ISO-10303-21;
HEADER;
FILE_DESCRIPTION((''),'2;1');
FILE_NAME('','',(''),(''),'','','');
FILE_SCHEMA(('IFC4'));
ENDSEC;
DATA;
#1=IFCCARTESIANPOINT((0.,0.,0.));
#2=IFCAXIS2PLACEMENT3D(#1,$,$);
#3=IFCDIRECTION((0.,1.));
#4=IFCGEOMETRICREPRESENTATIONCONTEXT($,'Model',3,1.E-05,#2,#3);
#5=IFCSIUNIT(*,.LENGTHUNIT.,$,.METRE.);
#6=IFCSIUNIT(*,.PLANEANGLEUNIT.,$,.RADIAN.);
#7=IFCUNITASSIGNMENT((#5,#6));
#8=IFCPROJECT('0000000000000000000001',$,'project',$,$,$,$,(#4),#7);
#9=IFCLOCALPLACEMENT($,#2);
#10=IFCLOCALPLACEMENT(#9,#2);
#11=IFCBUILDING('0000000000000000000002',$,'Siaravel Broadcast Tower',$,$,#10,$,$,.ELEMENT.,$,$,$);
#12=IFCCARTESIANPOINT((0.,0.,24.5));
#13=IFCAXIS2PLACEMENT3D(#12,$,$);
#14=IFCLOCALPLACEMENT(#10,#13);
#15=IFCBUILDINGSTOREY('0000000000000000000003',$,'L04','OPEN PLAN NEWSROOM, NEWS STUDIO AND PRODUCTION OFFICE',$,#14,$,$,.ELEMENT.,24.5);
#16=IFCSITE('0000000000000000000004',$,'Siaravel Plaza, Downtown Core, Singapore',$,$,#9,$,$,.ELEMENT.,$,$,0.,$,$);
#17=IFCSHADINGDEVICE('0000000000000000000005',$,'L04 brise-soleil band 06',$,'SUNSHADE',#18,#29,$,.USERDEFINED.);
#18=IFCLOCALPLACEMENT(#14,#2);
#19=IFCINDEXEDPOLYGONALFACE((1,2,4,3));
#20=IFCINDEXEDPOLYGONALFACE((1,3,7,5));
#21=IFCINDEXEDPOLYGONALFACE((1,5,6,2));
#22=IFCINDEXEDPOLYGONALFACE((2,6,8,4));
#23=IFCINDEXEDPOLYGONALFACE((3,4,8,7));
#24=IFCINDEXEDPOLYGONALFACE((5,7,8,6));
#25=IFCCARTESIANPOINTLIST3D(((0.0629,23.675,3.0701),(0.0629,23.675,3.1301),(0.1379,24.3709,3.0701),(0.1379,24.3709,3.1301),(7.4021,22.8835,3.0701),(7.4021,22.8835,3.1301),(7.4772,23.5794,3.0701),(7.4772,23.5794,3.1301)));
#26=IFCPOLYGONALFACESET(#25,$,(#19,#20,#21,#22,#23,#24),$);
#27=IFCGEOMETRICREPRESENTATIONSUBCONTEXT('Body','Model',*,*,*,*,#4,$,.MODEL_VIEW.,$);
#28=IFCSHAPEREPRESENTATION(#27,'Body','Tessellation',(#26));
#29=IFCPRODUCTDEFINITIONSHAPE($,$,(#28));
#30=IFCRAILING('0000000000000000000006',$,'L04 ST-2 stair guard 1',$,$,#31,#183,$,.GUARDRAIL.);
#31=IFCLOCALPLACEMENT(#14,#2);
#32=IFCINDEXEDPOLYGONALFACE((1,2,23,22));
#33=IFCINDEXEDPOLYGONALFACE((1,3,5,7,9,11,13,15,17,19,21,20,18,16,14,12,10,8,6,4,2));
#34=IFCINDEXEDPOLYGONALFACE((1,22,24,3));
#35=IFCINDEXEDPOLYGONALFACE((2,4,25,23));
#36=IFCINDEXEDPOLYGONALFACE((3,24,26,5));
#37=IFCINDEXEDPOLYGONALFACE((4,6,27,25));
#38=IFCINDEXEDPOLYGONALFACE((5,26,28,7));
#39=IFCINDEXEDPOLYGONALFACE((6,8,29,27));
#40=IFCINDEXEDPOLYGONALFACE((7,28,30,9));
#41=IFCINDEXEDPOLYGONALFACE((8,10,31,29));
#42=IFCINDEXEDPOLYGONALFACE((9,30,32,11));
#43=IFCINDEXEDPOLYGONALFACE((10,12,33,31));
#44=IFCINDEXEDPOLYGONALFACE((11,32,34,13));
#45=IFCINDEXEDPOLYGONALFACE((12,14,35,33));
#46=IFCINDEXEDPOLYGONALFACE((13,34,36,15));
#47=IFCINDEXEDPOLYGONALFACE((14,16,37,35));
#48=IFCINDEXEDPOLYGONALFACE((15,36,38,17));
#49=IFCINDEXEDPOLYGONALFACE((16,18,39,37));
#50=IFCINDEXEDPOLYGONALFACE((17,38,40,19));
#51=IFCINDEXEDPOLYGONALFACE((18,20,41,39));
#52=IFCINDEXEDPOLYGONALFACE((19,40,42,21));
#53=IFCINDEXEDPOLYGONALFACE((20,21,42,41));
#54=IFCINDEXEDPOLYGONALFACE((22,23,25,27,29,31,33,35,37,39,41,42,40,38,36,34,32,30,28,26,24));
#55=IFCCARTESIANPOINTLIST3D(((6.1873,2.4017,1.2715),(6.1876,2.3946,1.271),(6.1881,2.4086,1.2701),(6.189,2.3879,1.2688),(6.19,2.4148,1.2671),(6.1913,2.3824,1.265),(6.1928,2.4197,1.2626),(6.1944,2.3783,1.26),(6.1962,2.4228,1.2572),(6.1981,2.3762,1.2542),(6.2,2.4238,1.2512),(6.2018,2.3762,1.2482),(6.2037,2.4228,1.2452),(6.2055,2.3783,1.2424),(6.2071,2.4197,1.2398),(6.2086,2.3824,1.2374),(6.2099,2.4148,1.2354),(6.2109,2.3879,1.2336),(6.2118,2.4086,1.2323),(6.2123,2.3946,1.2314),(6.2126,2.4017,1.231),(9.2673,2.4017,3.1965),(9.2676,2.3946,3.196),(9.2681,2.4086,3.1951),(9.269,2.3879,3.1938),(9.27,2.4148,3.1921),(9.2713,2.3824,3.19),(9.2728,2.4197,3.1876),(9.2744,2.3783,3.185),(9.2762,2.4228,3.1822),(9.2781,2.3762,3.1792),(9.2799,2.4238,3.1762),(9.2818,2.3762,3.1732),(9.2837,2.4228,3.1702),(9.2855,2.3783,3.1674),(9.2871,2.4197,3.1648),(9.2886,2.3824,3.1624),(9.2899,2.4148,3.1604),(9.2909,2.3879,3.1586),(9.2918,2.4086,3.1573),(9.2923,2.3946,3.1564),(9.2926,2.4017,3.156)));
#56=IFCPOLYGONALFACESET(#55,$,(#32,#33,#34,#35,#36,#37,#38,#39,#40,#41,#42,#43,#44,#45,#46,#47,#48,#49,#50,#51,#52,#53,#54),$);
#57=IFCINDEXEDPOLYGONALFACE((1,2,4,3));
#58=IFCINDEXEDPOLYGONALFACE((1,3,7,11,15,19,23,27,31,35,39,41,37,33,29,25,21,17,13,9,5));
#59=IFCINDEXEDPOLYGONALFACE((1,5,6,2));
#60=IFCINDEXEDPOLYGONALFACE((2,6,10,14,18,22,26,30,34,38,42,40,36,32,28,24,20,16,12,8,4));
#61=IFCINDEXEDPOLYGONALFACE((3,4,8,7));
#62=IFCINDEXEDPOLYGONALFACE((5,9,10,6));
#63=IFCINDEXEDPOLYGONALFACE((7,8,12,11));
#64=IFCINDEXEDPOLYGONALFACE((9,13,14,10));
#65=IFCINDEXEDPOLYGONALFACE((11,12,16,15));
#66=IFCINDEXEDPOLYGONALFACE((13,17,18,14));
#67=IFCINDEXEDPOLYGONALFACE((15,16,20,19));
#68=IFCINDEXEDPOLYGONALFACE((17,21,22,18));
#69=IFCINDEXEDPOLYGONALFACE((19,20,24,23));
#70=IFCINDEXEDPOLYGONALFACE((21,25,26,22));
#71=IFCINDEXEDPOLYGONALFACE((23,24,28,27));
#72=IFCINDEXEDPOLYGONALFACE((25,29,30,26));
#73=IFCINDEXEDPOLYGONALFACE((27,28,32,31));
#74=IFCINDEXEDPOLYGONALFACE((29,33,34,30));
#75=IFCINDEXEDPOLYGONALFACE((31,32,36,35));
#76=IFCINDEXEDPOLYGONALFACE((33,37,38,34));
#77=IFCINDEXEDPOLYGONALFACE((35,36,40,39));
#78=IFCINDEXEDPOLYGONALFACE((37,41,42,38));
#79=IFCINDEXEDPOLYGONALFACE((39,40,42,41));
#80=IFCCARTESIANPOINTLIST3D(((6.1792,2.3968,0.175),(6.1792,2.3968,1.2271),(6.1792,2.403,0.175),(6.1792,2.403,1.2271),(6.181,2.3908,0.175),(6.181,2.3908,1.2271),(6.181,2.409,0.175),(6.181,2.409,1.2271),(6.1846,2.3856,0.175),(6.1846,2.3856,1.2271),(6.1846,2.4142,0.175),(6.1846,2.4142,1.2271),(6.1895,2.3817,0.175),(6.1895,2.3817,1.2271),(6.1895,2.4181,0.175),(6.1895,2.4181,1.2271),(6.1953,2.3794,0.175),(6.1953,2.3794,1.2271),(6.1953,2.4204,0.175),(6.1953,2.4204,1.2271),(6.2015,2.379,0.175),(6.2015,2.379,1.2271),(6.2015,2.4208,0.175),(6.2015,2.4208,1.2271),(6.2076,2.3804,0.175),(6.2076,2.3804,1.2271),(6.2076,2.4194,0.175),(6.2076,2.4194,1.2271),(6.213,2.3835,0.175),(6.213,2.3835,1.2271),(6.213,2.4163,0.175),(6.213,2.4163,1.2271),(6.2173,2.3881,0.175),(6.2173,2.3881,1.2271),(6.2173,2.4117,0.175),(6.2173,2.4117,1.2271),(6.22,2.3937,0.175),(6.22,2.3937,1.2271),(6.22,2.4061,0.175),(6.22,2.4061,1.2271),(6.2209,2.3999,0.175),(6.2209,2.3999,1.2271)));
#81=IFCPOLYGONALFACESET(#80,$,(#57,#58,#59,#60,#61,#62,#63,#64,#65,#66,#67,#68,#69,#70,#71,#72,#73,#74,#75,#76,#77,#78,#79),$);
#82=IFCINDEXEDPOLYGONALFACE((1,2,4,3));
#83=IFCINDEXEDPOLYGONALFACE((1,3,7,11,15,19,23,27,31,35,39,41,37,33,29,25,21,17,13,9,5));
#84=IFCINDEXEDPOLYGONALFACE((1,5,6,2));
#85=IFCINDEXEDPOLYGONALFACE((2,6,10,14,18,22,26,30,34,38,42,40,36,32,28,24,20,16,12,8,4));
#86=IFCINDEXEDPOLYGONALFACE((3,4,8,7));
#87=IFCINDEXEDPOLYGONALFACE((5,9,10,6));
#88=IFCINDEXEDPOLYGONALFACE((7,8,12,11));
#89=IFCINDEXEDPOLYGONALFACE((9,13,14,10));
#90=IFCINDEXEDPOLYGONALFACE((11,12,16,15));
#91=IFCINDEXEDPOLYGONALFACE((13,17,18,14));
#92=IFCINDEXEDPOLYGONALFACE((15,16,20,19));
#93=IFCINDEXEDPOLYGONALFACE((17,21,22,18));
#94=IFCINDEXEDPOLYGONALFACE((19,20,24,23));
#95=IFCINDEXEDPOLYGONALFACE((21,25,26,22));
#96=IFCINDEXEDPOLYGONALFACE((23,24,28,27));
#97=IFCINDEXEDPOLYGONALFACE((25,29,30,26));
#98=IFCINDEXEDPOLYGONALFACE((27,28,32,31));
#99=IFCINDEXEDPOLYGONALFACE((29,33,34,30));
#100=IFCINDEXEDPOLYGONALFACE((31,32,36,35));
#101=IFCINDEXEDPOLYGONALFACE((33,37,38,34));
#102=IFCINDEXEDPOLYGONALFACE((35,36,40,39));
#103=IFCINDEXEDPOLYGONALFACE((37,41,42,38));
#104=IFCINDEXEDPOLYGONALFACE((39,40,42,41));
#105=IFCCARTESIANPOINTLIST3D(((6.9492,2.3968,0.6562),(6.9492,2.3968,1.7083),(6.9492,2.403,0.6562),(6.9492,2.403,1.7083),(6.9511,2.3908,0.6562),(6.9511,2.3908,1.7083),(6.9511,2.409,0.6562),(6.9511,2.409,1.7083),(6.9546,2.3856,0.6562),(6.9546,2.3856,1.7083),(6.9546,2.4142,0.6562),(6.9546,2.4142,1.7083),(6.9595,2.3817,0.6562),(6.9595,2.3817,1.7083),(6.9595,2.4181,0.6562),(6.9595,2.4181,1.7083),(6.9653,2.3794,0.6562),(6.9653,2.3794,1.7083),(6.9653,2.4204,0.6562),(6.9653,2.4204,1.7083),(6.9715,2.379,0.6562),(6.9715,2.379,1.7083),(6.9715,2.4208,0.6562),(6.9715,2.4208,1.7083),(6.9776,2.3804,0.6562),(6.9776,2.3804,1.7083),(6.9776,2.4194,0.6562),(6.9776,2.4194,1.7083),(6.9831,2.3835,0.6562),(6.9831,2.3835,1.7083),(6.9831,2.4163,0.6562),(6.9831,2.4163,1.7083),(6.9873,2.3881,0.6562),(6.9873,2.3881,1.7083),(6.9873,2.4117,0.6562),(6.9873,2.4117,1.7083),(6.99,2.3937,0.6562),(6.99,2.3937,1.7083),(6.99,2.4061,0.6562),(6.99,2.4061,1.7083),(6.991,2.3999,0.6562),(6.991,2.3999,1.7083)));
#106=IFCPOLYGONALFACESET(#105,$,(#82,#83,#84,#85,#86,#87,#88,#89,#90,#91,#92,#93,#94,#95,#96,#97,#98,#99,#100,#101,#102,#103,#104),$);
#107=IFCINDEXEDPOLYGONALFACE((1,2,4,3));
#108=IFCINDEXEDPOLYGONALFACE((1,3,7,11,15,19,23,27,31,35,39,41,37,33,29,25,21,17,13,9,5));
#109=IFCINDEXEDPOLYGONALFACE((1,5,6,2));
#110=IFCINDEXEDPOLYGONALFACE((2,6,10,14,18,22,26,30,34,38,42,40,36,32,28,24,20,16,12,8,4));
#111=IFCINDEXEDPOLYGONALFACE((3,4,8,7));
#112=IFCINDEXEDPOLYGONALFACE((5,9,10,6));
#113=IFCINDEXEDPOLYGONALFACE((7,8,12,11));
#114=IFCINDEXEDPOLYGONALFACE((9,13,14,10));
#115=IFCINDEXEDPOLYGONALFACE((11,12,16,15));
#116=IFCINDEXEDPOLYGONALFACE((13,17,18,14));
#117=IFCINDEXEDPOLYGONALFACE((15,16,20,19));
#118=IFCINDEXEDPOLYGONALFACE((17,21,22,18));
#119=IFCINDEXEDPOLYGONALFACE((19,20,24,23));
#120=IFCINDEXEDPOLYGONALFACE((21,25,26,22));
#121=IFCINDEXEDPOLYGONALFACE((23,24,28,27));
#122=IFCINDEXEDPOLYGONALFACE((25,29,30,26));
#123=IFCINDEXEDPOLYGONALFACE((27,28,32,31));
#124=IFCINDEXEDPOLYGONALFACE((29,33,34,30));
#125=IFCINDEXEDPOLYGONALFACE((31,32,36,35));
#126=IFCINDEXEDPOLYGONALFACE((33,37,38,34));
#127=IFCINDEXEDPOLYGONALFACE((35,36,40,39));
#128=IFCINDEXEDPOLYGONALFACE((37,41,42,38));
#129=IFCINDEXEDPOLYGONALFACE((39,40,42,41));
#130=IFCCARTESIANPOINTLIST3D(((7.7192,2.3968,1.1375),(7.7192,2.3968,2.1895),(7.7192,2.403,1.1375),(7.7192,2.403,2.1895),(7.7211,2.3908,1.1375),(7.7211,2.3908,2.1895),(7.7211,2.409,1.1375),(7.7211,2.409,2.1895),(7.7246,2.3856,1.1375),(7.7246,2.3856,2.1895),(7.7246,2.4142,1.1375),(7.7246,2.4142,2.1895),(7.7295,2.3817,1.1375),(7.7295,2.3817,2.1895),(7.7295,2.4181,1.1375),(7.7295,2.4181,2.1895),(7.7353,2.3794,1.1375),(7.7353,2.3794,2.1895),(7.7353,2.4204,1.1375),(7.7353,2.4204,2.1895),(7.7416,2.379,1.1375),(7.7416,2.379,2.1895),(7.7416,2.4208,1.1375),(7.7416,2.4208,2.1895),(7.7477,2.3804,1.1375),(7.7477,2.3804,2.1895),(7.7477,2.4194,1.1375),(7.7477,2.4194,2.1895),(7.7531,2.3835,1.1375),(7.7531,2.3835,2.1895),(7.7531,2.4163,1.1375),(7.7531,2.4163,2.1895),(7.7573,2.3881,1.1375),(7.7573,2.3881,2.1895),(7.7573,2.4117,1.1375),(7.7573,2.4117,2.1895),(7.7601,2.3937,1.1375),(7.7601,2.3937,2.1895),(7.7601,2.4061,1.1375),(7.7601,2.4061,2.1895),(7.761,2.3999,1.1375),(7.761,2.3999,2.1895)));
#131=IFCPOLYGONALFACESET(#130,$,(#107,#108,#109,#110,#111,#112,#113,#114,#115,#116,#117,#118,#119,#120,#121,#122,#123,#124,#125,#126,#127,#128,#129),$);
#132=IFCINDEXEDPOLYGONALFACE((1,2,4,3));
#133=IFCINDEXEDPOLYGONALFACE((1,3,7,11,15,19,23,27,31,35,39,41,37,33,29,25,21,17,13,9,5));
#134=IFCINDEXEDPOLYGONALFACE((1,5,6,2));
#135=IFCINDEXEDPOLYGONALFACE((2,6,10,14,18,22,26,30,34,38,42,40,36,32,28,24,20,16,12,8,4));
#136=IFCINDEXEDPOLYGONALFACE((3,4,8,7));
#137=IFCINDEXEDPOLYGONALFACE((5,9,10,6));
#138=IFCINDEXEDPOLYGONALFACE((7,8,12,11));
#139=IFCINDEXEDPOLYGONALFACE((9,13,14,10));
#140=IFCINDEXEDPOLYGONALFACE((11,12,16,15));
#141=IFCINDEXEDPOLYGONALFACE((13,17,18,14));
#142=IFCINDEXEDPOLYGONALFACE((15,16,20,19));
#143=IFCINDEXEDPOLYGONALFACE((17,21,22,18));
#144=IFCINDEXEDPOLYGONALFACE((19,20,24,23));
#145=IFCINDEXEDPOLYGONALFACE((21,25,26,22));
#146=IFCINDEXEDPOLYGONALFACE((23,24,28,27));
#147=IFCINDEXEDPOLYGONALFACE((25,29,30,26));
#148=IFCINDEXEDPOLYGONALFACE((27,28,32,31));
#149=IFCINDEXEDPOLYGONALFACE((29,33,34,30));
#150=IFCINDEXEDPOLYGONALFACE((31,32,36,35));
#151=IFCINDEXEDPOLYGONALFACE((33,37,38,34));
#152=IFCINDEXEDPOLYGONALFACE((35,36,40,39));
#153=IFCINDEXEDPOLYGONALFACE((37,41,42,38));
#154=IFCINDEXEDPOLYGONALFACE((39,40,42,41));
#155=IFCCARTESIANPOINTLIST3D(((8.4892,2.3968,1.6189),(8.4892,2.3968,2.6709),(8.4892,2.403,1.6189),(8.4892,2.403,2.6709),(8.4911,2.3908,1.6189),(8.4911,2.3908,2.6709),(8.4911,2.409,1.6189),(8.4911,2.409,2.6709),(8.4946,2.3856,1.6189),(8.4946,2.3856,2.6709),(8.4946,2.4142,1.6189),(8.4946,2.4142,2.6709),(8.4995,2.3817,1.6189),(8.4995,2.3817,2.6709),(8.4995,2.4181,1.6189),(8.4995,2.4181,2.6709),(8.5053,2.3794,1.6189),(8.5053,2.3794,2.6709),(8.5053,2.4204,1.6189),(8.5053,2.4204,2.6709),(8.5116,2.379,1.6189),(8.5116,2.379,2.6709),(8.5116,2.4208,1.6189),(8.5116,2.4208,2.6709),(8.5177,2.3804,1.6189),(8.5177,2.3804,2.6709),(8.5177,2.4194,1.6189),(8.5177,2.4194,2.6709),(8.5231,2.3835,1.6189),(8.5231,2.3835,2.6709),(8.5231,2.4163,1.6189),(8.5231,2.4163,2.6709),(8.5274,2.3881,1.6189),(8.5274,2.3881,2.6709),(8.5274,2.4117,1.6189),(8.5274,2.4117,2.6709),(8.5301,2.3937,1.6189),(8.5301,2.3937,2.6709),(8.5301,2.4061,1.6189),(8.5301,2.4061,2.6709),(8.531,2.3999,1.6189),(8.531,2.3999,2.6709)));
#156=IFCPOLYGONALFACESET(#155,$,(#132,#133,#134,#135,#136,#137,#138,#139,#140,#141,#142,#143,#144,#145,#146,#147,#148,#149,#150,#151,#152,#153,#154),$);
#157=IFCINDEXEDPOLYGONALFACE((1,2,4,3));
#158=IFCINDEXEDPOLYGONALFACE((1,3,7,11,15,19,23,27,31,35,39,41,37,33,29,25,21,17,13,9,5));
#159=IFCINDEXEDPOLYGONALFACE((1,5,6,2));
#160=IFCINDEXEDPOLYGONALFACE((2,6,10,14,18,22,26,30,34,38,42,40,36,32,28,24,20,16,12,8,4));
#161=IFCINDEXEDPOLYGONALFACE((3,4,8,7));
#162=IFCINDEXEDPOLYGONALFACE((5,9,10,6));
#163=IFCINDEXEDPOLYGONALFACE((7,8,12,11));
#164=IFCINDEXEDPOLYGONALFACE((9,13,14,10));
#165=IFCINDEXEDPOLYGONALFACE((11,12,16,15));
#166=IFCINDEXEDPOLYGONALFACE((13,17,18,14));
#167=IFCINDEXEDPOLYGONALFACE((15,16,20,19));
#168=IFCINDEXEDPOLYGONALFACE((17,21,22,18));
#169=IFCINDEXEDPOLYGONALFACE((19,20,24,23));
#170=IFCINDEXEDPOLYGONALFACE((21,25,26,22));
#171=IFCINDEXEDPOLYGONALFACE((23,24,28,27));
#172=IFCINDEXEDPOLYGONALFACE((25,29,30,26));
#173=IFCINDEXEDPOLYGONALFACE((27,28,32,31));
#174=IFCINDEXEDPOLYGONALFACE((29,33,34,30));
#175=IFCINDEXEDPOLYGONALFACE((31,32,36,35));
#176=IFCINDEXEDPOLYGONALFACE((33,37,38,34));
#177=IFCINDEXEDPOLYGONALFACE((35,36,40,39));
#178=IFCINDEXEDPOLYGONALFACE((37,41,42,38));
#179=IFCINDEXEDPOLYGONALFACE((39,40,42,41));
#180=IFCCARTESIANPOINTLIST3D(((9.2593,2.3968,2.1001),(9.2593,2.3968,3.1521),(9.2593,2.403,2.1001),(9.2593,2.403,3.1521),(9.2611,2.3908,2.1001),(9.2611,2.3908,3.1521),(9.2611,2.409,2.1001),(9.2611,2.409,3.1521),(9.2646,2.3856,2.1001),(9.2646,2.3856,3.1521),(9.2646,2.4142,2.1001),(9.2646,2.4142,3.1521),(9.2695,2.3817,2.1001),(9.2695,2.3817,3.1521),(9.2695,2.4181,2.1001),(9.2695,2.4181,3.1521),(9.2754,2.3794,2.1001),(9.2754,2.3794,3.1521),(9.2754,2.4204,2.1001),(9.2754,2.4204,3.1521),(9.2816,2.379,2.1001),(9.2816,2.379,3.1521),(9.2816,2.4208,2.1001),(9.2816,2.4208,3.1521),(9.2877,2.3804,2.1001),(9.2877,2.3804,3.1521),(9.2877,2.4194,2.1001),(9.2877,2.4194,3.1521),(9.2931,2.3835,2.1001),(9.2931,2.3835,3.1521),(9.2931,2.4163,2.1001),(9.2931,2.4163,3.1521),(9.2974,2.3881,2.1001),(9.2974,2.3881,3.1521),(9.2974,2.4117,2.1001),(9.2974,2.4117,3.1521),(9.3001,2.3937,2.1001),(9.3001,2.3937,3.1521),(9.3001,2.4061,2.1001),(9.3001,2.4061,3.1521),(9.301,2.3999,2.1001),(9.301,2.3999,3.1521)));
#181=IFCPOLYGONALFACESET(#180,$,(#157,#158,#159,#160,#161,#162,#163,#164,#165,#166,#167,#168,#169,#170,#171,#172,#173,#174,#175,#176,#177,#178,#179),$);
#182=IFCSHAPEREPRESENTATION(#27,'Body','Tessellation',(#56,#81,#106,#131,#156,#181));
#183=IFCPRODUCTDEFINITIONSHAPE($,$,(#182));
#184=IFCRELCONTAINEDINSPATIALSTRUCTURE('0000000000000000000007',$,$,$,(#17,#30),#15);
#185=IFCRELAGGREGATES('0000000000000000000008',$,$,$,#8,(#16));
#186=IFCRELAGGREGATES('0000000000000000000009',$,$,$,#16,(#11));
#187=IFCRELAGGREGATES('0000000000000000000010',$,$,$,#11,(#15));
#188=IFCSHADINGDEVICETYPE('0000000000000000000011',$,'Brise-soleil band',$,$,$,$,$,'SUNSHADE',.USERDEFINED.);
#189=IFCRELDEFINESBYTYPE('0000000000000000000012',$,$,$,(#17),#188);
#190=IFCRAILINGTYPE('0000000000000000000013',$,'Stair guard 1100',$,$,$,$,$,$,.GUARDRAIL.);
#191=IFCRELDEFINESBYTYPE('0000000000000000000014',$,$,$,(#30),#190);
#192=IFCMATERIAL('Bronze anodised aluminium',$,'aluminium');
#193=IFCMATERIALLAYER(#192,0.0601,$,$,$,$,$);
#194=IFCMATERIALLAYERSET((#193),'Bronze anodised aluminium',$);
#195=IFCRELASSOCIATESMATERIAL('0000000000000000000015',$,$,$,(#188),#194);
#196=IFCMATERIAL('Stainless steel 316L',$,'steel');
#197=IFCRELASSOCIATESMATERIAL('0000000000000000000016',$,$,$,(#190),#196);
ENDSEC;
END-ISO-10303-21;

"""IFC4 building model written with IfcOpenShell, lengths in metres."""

from ifc_helpers import new_model, si_unit, direction, frame, origin, origin_2d, place, context, subcontext, project, spatial, rectangle, circle, extrude, material, layer, layer_set, type_object, element, save


model = new_model("IFC4")

# Units and contexts
model_context = context("Model", 3, precision=1e-05, world=origin(), true_north=direction((0.0, 1.0)))
body_context = subcontext(model_context, "Body", "Model", "MODEL_VIEW")
ifc_project = project(units=[si_unit("LENGTHUNIT", "METRE"), si_unit("PLANEANGLEUNIT", "RADIAN")], contexts=[model_context])

# Site, building, storey
site_placement = place(None, origin())
site = spatial("IfcSite", under=ifc_project, at=site_placement, Name="Siaravel Plaza, Downtown Core, Singapore", CompositionType="ELEMENT", RefElevation=0.0)
building_placement = place(site_placement, origin())
building = spatial("IfcBuilding", under=site, at=building_placement, Name="Siaravel Broadcast Tower", CompositionType="ELEMENT")
storey_placement = place(building_placement, frame((0.0, 0.0, 24.5)))
storey = spatial("IfcBuildingStorey", under=building, at=storey_placement, Name="L04", Description="OPEN PLAN NEWSROOM, NEWS STUDIO AND PRODUCTION OFFICE", CompositionType="ELEMENT", Elevation=24.5)

# Shading device
ifc_material_1 = material(Name="Bronze anodised aluminium", Category="aluminium")
ifc_layer_1 = layer(ifc_material_1, 0.0601)
ifc_layer_set_1 = layer_set([ifc_layer_1], Name="Bronze anodised aluminium")
shading_device_type = type_object("IfcShadingDeviceType", Name="Brise-soleil band", ElementType="SUNSHADE", PredefinedType="USERDEFINED", material=ifc_layer_set_1)
shading_device_1_placement = place(storey_placement, frame((3.77, 23.6272, 3.0701), z_axis=(0.0, 0.0, 1.0), x_axis=(-0.994236, 0.107217, 0.0)))
element("IfcShadingDevice", 1, at=shading_device_1_placement, inside=storey, type_object=shading_device_type, Name="L04 brise-soleil band 06", ObjectType="SUNSHADE", PredefinedType="USERDEFINED", context=body_context, shape_type="SweptSolid", body=[
    extrude(rectangle(XDim=7.3818, YDim=0.7, at=origin_2d()), origin(), (0.0, 0.0, 1.0), 0.0601),
])

# Railing
ifc_material_2 = material(Name="Stainless steel 316L", Category="steel")
railing_type_1 = type_object("IfcRailingType", Name="Stair guard 1100", PredefinedType="GUARDRAIL", material=ifc_material_2)
railing_1_placement = place(storey_placement, frame((6.2, 2.3999, 0.175)))
element("IfcRailing", 2, at=railing_1_placement, inside=storey, type_object=railing_type_1, Name="L04 ST-2 stair guard 1", PredefinedType="GUARDRAIL", context=body_context, shape_type="SweptSolid", body=[
    extrude(circle(Radius=0.0239, at=origin_2d()), frame((0.0, 0.0, 1.0762), z_axis=(0.847998, 0.0, 0.529999), x_axis=(0.0, 1.0, 0.0)), (0.0, 0.0, 1.0), 3.6321),
    extrude(circle(Radius=0.021, at=origin_2d()), origin(), (0.0, 0.0, 1.0), 1.052),
    extrude(circle(Radius=0.021, at=origin_2d()), frame((0.77, 0.0, 0.4812)), (0.0, 0.0, 1.0), 1.052),
    extrude(circle(Radius=0.021, at=origin_2d()), frame((1.54, 0.0, 0.9624)), (0.0, 0.0, 1.0), 1.052),
    extrude(circle(Radius=0.021, at=origin_2d()), frame((2.3101, 0.0, 1.4438)), (0.0, 0.0, 1.0), 1.052),
    extrude(circle(Radius=0.021, at=origin_2d()), frame((3.0801, 0.0, 1.925)), (0.0, 0.0, 1.0), 1.052),
])

save(model, "model.ifc")
